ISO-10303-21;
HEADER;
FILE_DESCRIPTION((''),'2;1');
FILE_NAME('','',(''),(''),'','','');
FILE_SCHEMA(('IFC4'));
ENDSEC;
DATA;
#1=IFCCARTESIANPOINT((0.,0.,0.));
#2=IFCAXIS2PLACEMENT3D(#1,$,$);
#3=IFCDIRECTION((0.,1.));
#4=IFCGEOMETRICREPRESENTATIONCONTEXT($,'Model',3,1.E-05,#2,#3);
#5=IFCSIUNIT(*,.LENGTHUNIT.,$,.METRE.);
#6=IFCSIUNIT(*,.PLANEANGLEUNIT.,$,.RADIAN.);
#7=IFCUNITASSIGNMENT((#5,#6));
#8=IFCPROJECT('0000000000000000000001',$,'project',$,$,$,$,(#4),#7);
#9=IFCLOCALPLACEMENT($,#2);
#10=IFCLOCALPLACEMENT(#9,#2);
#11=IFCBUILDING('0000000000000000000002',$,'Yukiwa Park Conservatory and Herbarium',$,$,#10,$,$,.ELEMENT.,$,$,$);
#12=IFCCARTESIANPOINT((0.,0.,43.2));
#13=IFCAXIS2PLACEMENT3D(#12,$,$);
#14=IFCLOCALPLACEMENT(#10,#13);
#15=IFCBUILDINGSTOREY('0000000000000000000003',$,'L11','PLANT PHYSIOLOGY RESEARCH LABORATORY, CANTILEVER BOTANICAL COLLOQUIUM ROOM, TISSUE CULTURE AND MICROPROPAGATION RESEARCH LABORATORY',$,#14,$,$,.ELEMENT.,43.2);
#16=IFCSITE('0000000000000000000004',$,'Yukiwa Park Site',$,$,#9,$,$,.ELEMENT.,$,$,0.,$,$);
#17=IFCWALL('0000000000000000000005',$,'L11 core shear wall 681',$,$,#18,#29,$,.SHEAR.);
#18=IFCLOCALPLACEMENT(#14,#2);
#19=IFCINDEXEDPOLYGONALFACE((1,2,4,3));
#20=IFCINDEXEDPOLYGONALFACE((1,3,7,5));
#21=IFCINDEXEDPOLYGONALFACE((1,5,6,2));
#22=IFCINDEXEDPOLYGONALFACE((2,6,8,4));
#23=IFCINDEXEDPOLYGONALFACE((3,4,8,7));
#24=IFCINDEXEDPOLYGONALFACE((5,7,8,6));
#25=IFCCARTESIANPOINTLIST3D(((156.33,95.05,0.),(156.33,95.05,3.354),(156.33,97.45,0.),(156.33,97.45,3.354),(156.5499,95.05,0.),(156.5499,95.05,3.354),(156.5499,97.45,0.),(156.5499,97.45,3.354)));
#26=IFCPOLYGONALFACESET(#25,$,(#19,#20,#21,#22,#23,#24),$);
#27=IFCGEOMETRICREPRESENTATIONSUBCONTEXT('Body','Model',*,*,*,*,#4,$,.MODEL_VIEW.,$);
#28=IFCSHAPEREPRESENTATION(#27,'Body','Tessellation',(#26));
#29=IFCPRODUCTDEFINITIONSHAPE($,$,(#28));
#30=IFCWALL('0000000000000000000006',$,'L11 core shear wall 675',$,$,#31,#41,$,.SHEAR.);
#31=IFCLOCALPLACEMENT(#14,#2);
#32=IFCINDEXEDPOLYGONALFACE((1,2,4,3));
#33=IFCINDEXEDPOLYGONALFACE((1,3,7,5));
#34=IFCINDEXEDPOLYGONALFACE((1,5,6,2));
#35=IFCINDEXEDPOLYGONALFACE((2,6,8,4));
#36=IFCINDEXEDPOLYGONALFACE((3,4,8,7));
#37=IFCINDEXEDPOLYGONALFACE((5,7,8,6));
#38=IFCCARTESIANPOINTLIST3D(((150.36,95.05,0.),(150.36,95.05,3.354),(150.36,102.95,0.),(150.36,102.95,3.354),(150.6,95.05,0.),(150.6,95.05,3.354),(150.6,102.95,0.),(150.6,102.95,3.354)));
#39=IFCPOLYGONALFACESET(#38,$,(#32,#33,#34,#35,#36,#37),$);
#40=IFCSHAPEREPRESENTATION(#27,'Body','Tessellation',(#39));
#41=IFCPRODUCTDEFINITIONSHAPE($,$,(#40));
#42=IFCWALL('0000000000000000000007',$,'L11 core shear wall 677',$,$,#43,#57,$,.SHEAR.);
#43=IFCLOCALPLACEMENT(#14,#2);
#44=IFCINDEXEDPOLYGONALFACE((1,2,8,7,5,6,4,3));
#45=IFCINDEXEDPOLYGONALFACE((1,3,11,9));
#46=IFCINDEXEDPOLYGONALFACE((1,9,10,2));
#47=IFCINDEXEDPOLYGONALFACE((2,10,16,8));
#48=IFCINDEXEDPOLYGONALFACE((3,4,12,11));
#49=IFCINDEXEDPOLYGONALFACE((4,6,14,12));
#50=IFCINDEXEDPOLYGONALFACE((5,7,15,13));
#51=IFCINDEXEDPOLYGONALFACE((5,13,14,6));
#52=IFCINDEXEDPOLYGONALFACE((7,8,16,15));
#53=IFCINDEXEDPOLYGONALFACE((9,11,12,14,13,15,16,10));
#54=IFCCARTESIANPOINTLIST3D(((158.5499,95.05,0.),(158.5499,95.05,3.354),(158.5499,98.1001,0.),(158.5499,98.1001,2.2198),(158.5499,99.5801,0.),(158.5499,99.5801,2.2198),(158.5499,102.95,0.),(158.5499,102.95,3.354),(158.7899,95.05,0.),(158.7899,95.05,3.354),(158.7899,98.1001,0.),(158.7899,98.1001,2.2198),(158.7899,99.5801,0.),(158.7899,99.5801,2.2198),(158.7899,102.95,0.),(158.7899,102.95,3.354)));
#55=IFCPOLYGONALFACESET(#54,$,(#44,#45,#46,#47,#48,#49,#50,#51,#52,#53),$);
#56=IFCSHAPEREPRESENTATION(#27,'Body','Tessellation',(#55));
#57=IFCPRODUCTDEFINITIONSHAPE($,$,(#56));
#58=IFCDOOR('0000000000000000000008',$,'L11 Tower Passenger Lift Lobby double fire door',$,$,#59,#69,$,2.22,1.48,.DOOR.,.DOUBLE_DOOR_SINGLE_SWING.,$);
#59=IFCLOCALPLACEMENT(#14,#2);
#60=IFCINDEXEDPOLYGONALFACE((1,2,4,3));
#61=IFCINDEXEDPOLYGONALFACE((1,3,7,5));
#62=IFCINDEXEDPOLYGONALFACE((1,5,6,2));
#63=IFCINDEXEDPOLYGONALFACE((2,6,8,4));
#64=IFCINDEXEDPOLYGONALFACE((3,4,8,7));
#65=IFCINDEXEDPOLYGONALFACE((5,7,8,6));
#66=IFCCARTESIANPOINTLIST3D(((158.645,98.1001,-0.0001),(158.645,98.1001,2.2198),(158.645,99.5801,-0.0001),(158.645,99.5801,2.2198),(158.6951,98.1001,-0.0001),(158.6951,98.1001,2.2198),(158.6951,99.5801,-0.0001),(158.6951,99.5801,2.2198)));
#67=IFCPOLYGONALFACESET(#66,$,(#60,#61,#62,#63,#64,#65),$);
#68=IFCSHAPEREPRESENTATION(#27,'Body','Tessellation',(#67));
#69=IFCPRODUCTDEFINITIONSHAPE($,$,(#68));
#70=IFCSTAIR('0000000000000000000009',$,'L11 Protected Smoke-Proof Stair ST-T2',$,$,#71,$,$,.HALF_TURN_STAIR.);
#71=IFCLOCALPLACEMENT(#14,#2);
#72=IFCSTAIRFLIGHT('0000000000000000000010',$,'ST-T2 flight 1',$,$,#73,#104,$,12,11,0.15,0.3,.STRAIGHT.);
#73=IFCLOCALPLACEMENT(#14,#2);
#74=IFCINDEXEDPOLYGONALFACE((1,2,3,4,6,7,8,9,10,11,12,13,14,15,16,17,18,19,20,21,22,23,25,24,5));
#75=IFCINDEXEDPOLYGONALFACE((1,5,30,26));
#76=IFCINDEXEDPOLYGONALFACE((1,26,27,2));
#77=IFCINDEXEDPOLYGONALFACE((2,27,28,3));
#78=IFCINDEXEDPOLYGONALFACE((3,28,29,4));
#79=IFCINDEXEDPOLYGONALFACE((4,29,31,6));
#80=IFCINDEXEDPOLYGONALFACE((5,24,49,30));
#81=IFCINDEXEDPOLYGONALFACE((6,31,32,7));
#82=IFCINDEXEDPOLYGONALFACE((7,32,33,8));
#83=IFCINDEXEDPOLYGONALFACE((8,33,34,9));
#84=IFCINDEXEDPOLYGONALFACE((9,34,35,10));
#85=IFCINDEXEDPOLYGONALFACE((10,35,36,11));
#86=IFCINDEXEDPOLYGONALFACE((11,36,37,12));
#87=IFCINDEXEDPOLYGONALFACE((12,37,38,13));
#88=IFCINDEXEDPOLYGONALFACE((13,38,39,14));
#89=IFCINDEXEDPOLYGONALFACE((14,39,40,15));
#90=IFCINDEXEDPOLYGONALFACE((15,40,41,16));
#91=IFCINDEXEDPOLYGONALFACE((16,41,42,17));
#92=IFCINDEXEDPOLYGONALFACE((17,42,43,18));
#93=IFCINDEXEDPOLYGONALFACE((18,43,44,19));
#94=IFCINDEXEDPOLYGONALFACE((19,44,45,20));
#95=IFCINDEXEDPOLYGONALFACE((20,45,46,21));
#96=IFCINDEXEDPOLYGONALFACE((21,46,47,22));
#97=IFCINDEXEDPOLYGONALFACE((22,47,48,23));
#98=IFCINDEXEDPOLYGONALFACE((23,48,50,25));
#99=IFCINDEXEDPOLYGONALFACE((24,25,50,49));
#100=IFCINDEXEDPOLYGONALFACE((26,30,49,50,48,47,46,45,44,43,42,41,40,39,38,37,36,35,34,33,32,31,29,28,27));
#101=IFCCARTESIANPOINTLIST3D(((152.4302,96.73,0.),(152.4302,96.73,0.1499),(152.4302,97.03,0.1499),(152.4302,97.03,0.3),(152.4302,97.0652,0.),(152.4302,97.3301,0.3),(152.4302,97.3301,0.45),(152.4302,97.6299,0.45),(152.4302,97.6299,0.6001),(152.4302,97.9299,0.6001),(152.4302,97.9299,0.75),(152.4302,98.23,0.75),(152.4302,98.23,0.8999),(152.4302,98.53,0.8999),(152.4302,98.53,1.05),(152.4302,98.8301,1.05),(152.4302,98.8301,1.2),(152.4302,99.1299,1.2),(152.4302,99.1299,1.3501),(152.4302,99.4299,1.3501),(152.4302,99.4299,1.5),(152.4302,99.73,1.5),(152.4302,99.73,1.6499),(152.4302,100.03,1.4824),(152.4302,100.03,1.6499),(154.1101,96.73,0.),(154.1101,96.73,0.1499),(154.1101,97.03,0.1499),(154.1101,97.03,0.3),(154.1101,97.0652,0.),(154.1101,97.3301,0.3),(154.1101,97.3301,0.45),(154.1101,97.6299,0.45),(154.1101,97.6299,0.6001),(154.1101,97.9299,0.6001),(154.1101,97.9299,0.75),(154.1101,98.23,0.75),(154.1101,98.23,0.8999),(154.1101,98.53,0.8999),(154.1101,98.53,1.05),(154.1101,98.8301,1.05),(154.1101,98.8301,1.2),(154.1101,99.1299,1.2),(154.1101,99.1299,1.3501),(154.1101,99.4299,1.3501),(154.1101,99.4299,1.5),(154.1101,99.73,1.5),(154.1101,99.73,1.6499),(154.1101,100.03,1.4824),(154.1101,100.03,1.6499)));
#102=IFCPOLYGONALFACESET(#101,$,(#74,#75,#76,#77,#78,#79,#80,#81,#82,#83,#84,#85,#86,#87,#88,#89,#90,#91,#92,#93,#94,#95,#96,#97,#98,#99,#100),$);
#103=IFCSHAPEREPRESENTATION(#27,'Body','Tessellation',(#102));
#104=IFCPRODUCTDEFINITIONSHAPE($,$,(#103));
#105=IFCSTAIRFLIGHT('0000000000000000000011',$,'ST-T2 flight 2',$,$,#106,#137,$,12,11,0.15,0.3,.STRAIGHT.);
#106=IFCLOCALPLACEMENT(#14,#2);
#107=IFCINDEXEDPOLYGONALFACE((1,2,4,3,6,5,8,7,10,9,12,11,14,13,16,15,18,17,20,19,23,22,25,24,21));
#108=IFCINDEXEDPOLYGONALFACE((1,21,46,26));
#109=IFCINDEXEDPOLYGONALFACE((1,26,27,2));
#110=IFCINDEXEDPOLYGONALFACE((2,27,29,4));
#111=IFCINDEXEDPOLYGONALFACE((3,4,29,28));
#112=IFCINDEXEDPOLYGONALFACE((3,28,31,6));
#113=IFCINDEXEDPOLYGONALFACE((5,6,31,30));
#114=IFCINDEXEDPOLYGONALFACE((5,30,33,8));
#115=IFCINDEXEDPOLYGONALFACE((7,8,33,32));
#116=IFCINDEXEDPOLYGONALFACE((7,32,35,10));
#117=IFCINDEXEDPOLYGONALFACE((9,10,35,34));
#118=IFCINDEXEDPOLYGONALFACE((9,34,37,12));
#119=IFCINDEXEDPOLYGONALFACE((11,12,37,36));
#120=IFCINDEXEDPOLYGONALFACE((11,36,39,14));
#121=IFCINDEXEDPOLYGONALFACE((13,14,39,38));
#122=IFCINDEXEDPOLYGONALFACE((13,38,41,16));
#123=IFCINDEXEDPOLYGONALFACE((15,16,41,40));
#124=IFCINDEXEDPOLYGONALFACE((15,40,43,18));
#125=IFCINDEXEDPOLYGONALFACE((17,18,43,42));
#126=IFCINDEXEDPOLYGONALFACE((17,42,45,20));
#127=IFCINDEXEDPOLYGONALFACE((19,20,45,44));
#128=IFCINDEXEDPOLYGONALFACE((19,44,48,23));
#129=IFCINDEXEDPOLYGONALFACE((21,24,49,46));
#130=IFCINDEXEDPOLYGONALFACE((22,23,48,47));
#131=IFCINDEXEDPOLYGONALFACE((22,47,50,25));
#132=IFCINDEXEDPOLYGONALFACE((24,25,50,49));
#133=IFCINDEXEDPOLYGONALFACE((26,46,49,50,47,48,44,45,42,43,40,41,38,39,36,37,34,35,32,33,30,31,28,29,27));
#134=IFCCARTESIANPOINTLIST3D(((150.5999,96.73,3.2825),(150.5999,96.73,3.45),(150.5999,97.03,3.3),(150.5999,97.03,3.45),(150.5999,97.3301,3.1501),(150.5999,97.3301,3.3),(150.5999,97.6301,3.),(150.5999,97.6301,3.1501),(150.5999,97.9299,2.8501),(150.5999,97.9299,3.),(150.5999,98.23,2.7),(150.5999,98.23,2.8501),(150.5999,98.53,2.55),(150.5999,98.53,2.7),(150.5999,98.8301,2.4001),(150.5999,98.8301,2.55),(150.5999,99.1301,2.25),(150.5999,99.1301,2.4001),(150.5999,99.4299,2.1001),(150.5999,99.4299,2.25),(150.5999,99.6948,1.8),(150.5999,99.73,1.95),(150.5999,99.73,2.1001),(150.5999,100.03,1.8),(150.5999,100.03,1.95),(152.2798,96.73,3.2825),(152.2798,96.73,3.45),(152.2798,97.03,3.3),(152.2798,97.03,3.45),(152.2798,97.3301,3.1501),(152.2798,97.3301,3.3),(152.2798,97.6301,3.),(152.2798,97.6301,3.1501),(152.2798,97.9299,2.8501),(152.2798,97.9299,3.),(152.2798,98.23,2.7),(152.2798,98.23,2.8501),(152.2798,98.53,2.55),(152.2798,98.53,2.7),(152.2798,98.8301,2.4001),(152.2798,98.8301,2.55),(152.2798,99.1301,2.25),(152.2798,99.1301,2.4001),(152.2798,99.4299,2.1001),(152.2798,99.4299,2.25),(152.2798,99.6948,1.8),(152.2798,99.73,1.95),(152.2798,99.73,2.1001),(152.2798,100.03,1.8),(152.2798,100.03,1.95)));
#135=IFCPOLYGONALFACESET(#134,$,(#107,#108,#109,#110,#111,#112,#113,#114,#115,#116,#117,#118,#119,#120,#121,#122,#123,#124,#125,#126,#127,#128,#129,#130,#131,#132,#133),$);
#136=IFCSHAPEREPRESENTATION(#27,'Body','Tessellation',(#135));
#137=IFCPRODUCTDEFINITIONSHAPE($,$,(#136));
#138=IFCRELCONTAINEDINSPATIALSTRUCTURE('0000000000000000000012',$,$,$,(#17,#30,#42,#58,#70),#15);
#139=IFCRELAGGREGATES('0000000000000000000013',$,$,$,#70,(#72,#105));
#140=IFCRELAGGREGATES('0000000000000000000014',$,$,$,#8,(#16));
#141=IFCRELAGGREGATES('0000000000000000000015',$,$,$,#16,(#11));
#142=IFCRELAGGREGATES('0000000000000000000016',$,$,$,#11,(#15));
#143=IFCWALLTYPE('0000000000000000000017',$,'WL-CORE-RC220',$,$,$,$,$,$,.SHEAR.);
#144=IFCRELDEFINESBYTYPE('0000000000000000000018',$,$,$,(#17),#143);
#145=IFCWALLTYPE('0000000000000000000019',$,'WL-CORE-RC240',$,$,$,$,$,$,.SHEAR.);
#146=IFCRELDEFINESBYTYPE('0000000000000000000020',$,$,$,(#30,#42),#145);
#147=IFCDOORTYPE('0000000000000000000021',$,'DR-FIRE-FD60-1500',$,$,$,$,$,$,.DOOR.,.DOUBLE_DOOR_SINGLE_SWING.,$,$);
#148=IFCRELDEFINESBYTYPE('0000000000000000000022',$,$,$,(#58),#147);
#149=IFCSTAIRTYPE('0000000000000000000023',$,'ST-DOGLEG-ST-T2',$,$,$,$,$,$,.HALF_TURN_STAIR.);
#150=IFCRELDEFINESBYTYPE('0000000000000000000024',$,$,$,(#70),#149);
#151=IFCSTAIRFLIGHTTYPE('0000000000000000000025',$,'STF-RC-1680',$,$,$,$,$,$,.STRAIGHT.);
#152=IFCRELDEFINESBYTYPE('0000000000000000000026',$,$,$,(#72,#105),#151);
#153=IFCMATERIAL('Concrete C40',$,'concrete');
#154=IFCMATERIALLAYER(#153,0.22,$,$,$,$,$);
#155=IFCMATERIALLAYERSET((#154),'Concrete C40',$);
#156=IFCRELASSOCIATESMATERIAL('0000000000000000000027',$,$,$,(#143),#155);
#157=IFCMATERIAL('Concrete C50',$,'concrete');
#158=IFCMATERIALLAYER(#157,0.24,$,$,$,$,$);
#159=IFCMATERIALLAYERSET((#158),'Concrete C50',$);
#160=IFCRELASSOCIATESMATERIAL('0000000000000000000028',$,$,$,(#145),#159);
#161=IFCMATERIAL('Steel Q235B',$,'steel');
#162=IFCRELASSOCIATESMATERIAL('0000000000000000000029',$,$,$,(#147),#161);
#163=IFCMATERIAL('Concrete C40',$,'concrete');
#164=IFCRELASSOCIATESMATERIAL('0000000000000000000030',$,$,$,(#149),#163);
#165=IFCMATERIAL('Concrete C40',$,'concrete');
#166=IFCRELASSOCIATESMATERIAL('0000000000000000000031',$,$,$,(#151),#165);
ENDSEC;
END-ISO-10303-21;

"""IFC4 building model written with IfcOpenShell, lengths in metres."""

from ifc_helpers import new_model, si_unit, direction, frame, frame_2d, origin, place, context, subcontext, project, spatial, polyline, rectangle, outline, extrude, material, layer, layer_set, type_object, element, fill, aggregate, save


model = new_model("IFC4")

# Units and contexts
model_context = context("Model", 3, precision=1e-05, world=origin(), true_north=direction((0.0, 1.0)))
body_context = subcontext(model_context, "Body", "Model", "MODEL_VIEW")
ifc_project = project(units=[si_unit("LENGTHUNIT", "METRE"), si_unit("PLANEANGLEUNIT", "RADIAN")], contexts=[model_context])

# Site, building, storey
site_placement = place(None, origin())
site = spatial("IfcSite", under=ifc_project, at=site_placement, Name="Yukiwa Park Site", CompositionType="ELEMENT", RefElevation=0.0)
building_placement = place(site_placement, origin())
building = spatial("IfcBuilding", under=site, at=building_placement, Name="Yukiwa Park Conservatory and Herbarium", CompositionType="ELEMENT")
storey_placement = place(building_placement, frame((0.0, 0.0, 43.2)))
storey = spatial("IfcBuildingStorey", under=building, at=storey_placement, Name="L11", Description="PLANT PHYSIOLOGY RESEARCH LABORATORY, CANTILEVER BOTANICAL COLLOQUIUM ROOM, TISSUE CULTURE AND MICROPROPAGATION RESEARCH LABORATORY", CompositionType="ELEMENT", Elevation=43.2)

# Shared definitions
ifc_material_1 = material(Name="Concrete C40", Category="concrete")
ifc_layer_1 = layer(ifc_material_1, 0.22)
ifc_layer_set_1 = layer_set([ifc_layer_1], Name="Concrete C40")
wall_type_1 = type_object("IfcWallType", Name="WL-CORE-RC220", PredefinedType="SHEAR", material=ifc_layer_set_1)

# Wall
wall_1_placement = place(storey_placement, frame((156.4399, 95.05, 0.0), z_axis=(0.0, 0.0, 1.0), x_axis=(0.0, 1.0, 0.0)))
element("IfcWall", 1, at=wall_1_placement, inside=storey, type_object=wall_type_1, Name="L11 core shear wall 681", PredefinedType="SHEAR", context=body_context, shape_type="SweptSolid", body=[
    extrude(rectangle(XDim=2.3999, YDim=0.22, at=frame_2d((1.2, 0.0))), origin(), (0.0, 0.0, 1.0), 3.354),
])

# Wall
ifc_material_2 = material(Name="Concrete C50", Category="concrete")
ifc_layer_2 = layer(ifc_material_2, 0.24)
ifc_layer_set_2 = layer_set([ifc_layer_2], Name="Concrete C50")
wall_type_2 = type_object("IfcWallType", Name="WL-CORE-RC240", PredefinedType="SHEAR", material=ifc_layer_set_2)
wall_2_placement = place(storey_placement, frame((150.48, 95.05, 0.0), z_axis=(0.0, 0.0, 1.0), x_axis=(0.0, 1.0, 0.0)))
element("IfcWall", 2, at=wall_2_placement, inside=storey, type_object=wall_type_2, Name="L11 core shear wall 675", PredefinedType="SHEAR", context=body_context, shape_type="SweptSolid", body=[
    extrude(rectangle(XDim=7.8999, YDim=0.24, at=frame_2d((3.95, 0.0))), origin(), (0.0, 0.0, 1.0), 3.354),
])

# Wall, opening, door
wall_3_placement = place(storey_placement, frame((158.6699, 95.05, 0.0), z_axis=(0.0, 0.0, 1.0), x_axis=(0.0, 1.0, 0.0)))
wall_3 = element("IfcWall", 3, at=wall_3_placement, inside=storey, type_object=wall_type_2, Name="L11 core shear wall 677", PredefinedType="SHEAR", context=body_context, shape_type="SweptSolid", body=[
    extrude(rectangle(XDim=7.8999, YDim=0.24, at=frame_2d((3.95, 0.0))), origin(), (0.0, 0.0, 1.0), 3.354),
])
opening_1_placement = place(wall_3_placement, frame((3.05, 0.0, 0.0)))
opening_1 = element("IfcOpeningElement", 4, at=opening_1_placement, cuts=wall_3, PredefinedType="OPENING", context=body_context, shape_type="SweptSolid", body=[
    extrude(rectangle(XDim=1.48, YDim=2.22, at=frame_2d((0.74, 1.1099))), frame((0.0, 0.1299, 0.0), z_axis=(0.0, -1.0, 0.0), x_axis=(1.0, 0.0, 0.0)), (0.0, 0.0, 1.0), 0.26),
])
ifc_material_3 = material(Name="Steel Q235B", Category="steel")
door_type_1 = type_object("IfcDoorType", Name="DR-FIRE-FD60-1500", OperationType="DOUBLE_DOOR_SINGLE_SWING", PredefinedType="DOOR", material=ifc_material_3)
door_1_placement = place(opening_1_placement, origin())
door_1 = element("IfcDoor", 5, at=door_1_placement, inside=storey, type_object=door_type_1, Name="L11 Tower Passenger Lift Lobby double fire door", OperationType="DOUBLE_DOOR_SINGLE_SWING", OverallHeight=2.22, OverallWidth=1.48, PredefinedType="DOOR", context=body_context, shape_type="SweptSolid", body=[
    extrude(rectangle(XDim=1.48, YDim=2.22, at=frame_2d((0.74, 1.1099))), frame((0.0, 0.0249, 0.0), z_axis=(0.0, -1.0, 0.0), x_axis=(1.0, 0.0, 0.0)), (0.0, 0.0, 1.0), 0.05),
])
fill(opening_1, door_1)

# Stair, stair flights
ifc_material_4 = material(Name="Concrete C40", Category="concrete")
stair_type = type_object("IfcStairType", Name="ST-DOGLEG-ST-T2", PredefinedType="HALF_TURN_STAIR", material=ifc_material_4)
stair_placement = place(storey_placement, origin())
stair = element("IfcStair", 6, at=stair_placement, inside=storey, type_object=stair_type, Name="L11 Protected Smoke-Proof Stair ST-T2", PredefinedType="HALF_TURN_STAIR")
ifc_material_5 = material(Name="Concrete C40", Category="concrete")
stair_flight_type = type_object("IfcStairFlightType", Name="STF-RC-1680", PredefinedType="STRAIGHT", material=ifc_material_5)
stair_flight_1_placement = place(storey_placement, frame((153.27, 96.73, 0.0), z_axis=(0.0, 0.0, 1.0), x_axis=(0.0, 1.0, 0.0)))
stair_flight_1 = element("IfcStairFlight", 7, at=stair_flight_1_placement, type_object=stair_flight_type, Name="ST-T2 flight 1", NumberOfRisers=12, NumberOfTreads=11, PredefinedType="STRAIGHT", RiserHeight=0.15, TreadLength=0.3, context=body_context, shape_type="SweptSolid", body=[
    extrude(outline(polyline([(0.0, 0.0), (0.0, 0.1499), (0.3, 0.1499), (0.3, 0.3), (0.6001, 0.3), (0.6001, 0.45), (0.8999, 0.45), (0.8999, 0.6001), (1.2, 0.6001), (1.2, 0.75), (1.5, 0.75), (1.5, 0.8999), (1.8, 0.8999), (1.8, 1.05), (2.1001, 1.05), (2.1001, 1.2), (2.3999, 1.2), (2.3999, 1.3501), (2.7, 1.3501), (2.7, 1.5), (3.0, 1.5), (3.0, 1.6499), (3.3, 1.6499), (3.3, 1.8), (3.3, 1.4824), (0.3352, 0.0), (0.0, 0.0)])), frame((0.0, 0.8398, 0.0), z_axis=(0.0, -1.0, 0.0), x_axis=(1.0, 0.0, 0.0)), (0.0, 0.0, 1.0), 1.6799),
])
stair_flight_2_placement = place(storey_placement, frame((151.4399, 100.03, 1.8), z_axis=(0.0, 0.0, 1.0), x_axis=(0.0, -1.0, 0.0)))
stair_flight_2 = element("IfcStairFlight", 8, at=stair_flight_2_placement, type_object=stair_flight_type, Name="ST-T2 flight 2", NumberOfRisers=12, NumberOfTreads=11, PredefinedType="STRAIGHT", RiserHeight=0.15, TreadLength=0.3, context=body_context, shape_type="SweptSolid", body=[
    extrude(outline(polyline([(0.0, 0.0), (0.0, 0.1499), (0.3, 0.1499), (0.3, 0.3), (0.6001, 0.3), (0.6001, 0.45), (0.8999, 0.45), (0.8999, 0.6001), (1.2, 0.6001), (1.2, 0.75), (1.5, 0.75), (1.5, 0.8999), (1.8, 0.8999), (1.8, 1.05), (2.1001, 1.05), (2.1001, 1.2), (2.3999, 1.2), (2.3999, 1.3501), (2.7, 1.3501), (2.7, 1.5), (3.0, 1.5), (3.0, 1.6499), (3.3, 1.6499), (3.3, 1.8), (3.3, 1.4824), (0.3352, 0.0), (0.0, 0.0)])), frame((0.0, 0.8398, 0.0), z_axis=(0.0, -1.0, 0.0), x_axis=(1.0, 0.0, 0.0)), (0.0, 0.0, 1.0), 1.6799),
])
aggregate(stair, [stair_flight_1, stair_flight_2])

save(model, "model.ifc")
